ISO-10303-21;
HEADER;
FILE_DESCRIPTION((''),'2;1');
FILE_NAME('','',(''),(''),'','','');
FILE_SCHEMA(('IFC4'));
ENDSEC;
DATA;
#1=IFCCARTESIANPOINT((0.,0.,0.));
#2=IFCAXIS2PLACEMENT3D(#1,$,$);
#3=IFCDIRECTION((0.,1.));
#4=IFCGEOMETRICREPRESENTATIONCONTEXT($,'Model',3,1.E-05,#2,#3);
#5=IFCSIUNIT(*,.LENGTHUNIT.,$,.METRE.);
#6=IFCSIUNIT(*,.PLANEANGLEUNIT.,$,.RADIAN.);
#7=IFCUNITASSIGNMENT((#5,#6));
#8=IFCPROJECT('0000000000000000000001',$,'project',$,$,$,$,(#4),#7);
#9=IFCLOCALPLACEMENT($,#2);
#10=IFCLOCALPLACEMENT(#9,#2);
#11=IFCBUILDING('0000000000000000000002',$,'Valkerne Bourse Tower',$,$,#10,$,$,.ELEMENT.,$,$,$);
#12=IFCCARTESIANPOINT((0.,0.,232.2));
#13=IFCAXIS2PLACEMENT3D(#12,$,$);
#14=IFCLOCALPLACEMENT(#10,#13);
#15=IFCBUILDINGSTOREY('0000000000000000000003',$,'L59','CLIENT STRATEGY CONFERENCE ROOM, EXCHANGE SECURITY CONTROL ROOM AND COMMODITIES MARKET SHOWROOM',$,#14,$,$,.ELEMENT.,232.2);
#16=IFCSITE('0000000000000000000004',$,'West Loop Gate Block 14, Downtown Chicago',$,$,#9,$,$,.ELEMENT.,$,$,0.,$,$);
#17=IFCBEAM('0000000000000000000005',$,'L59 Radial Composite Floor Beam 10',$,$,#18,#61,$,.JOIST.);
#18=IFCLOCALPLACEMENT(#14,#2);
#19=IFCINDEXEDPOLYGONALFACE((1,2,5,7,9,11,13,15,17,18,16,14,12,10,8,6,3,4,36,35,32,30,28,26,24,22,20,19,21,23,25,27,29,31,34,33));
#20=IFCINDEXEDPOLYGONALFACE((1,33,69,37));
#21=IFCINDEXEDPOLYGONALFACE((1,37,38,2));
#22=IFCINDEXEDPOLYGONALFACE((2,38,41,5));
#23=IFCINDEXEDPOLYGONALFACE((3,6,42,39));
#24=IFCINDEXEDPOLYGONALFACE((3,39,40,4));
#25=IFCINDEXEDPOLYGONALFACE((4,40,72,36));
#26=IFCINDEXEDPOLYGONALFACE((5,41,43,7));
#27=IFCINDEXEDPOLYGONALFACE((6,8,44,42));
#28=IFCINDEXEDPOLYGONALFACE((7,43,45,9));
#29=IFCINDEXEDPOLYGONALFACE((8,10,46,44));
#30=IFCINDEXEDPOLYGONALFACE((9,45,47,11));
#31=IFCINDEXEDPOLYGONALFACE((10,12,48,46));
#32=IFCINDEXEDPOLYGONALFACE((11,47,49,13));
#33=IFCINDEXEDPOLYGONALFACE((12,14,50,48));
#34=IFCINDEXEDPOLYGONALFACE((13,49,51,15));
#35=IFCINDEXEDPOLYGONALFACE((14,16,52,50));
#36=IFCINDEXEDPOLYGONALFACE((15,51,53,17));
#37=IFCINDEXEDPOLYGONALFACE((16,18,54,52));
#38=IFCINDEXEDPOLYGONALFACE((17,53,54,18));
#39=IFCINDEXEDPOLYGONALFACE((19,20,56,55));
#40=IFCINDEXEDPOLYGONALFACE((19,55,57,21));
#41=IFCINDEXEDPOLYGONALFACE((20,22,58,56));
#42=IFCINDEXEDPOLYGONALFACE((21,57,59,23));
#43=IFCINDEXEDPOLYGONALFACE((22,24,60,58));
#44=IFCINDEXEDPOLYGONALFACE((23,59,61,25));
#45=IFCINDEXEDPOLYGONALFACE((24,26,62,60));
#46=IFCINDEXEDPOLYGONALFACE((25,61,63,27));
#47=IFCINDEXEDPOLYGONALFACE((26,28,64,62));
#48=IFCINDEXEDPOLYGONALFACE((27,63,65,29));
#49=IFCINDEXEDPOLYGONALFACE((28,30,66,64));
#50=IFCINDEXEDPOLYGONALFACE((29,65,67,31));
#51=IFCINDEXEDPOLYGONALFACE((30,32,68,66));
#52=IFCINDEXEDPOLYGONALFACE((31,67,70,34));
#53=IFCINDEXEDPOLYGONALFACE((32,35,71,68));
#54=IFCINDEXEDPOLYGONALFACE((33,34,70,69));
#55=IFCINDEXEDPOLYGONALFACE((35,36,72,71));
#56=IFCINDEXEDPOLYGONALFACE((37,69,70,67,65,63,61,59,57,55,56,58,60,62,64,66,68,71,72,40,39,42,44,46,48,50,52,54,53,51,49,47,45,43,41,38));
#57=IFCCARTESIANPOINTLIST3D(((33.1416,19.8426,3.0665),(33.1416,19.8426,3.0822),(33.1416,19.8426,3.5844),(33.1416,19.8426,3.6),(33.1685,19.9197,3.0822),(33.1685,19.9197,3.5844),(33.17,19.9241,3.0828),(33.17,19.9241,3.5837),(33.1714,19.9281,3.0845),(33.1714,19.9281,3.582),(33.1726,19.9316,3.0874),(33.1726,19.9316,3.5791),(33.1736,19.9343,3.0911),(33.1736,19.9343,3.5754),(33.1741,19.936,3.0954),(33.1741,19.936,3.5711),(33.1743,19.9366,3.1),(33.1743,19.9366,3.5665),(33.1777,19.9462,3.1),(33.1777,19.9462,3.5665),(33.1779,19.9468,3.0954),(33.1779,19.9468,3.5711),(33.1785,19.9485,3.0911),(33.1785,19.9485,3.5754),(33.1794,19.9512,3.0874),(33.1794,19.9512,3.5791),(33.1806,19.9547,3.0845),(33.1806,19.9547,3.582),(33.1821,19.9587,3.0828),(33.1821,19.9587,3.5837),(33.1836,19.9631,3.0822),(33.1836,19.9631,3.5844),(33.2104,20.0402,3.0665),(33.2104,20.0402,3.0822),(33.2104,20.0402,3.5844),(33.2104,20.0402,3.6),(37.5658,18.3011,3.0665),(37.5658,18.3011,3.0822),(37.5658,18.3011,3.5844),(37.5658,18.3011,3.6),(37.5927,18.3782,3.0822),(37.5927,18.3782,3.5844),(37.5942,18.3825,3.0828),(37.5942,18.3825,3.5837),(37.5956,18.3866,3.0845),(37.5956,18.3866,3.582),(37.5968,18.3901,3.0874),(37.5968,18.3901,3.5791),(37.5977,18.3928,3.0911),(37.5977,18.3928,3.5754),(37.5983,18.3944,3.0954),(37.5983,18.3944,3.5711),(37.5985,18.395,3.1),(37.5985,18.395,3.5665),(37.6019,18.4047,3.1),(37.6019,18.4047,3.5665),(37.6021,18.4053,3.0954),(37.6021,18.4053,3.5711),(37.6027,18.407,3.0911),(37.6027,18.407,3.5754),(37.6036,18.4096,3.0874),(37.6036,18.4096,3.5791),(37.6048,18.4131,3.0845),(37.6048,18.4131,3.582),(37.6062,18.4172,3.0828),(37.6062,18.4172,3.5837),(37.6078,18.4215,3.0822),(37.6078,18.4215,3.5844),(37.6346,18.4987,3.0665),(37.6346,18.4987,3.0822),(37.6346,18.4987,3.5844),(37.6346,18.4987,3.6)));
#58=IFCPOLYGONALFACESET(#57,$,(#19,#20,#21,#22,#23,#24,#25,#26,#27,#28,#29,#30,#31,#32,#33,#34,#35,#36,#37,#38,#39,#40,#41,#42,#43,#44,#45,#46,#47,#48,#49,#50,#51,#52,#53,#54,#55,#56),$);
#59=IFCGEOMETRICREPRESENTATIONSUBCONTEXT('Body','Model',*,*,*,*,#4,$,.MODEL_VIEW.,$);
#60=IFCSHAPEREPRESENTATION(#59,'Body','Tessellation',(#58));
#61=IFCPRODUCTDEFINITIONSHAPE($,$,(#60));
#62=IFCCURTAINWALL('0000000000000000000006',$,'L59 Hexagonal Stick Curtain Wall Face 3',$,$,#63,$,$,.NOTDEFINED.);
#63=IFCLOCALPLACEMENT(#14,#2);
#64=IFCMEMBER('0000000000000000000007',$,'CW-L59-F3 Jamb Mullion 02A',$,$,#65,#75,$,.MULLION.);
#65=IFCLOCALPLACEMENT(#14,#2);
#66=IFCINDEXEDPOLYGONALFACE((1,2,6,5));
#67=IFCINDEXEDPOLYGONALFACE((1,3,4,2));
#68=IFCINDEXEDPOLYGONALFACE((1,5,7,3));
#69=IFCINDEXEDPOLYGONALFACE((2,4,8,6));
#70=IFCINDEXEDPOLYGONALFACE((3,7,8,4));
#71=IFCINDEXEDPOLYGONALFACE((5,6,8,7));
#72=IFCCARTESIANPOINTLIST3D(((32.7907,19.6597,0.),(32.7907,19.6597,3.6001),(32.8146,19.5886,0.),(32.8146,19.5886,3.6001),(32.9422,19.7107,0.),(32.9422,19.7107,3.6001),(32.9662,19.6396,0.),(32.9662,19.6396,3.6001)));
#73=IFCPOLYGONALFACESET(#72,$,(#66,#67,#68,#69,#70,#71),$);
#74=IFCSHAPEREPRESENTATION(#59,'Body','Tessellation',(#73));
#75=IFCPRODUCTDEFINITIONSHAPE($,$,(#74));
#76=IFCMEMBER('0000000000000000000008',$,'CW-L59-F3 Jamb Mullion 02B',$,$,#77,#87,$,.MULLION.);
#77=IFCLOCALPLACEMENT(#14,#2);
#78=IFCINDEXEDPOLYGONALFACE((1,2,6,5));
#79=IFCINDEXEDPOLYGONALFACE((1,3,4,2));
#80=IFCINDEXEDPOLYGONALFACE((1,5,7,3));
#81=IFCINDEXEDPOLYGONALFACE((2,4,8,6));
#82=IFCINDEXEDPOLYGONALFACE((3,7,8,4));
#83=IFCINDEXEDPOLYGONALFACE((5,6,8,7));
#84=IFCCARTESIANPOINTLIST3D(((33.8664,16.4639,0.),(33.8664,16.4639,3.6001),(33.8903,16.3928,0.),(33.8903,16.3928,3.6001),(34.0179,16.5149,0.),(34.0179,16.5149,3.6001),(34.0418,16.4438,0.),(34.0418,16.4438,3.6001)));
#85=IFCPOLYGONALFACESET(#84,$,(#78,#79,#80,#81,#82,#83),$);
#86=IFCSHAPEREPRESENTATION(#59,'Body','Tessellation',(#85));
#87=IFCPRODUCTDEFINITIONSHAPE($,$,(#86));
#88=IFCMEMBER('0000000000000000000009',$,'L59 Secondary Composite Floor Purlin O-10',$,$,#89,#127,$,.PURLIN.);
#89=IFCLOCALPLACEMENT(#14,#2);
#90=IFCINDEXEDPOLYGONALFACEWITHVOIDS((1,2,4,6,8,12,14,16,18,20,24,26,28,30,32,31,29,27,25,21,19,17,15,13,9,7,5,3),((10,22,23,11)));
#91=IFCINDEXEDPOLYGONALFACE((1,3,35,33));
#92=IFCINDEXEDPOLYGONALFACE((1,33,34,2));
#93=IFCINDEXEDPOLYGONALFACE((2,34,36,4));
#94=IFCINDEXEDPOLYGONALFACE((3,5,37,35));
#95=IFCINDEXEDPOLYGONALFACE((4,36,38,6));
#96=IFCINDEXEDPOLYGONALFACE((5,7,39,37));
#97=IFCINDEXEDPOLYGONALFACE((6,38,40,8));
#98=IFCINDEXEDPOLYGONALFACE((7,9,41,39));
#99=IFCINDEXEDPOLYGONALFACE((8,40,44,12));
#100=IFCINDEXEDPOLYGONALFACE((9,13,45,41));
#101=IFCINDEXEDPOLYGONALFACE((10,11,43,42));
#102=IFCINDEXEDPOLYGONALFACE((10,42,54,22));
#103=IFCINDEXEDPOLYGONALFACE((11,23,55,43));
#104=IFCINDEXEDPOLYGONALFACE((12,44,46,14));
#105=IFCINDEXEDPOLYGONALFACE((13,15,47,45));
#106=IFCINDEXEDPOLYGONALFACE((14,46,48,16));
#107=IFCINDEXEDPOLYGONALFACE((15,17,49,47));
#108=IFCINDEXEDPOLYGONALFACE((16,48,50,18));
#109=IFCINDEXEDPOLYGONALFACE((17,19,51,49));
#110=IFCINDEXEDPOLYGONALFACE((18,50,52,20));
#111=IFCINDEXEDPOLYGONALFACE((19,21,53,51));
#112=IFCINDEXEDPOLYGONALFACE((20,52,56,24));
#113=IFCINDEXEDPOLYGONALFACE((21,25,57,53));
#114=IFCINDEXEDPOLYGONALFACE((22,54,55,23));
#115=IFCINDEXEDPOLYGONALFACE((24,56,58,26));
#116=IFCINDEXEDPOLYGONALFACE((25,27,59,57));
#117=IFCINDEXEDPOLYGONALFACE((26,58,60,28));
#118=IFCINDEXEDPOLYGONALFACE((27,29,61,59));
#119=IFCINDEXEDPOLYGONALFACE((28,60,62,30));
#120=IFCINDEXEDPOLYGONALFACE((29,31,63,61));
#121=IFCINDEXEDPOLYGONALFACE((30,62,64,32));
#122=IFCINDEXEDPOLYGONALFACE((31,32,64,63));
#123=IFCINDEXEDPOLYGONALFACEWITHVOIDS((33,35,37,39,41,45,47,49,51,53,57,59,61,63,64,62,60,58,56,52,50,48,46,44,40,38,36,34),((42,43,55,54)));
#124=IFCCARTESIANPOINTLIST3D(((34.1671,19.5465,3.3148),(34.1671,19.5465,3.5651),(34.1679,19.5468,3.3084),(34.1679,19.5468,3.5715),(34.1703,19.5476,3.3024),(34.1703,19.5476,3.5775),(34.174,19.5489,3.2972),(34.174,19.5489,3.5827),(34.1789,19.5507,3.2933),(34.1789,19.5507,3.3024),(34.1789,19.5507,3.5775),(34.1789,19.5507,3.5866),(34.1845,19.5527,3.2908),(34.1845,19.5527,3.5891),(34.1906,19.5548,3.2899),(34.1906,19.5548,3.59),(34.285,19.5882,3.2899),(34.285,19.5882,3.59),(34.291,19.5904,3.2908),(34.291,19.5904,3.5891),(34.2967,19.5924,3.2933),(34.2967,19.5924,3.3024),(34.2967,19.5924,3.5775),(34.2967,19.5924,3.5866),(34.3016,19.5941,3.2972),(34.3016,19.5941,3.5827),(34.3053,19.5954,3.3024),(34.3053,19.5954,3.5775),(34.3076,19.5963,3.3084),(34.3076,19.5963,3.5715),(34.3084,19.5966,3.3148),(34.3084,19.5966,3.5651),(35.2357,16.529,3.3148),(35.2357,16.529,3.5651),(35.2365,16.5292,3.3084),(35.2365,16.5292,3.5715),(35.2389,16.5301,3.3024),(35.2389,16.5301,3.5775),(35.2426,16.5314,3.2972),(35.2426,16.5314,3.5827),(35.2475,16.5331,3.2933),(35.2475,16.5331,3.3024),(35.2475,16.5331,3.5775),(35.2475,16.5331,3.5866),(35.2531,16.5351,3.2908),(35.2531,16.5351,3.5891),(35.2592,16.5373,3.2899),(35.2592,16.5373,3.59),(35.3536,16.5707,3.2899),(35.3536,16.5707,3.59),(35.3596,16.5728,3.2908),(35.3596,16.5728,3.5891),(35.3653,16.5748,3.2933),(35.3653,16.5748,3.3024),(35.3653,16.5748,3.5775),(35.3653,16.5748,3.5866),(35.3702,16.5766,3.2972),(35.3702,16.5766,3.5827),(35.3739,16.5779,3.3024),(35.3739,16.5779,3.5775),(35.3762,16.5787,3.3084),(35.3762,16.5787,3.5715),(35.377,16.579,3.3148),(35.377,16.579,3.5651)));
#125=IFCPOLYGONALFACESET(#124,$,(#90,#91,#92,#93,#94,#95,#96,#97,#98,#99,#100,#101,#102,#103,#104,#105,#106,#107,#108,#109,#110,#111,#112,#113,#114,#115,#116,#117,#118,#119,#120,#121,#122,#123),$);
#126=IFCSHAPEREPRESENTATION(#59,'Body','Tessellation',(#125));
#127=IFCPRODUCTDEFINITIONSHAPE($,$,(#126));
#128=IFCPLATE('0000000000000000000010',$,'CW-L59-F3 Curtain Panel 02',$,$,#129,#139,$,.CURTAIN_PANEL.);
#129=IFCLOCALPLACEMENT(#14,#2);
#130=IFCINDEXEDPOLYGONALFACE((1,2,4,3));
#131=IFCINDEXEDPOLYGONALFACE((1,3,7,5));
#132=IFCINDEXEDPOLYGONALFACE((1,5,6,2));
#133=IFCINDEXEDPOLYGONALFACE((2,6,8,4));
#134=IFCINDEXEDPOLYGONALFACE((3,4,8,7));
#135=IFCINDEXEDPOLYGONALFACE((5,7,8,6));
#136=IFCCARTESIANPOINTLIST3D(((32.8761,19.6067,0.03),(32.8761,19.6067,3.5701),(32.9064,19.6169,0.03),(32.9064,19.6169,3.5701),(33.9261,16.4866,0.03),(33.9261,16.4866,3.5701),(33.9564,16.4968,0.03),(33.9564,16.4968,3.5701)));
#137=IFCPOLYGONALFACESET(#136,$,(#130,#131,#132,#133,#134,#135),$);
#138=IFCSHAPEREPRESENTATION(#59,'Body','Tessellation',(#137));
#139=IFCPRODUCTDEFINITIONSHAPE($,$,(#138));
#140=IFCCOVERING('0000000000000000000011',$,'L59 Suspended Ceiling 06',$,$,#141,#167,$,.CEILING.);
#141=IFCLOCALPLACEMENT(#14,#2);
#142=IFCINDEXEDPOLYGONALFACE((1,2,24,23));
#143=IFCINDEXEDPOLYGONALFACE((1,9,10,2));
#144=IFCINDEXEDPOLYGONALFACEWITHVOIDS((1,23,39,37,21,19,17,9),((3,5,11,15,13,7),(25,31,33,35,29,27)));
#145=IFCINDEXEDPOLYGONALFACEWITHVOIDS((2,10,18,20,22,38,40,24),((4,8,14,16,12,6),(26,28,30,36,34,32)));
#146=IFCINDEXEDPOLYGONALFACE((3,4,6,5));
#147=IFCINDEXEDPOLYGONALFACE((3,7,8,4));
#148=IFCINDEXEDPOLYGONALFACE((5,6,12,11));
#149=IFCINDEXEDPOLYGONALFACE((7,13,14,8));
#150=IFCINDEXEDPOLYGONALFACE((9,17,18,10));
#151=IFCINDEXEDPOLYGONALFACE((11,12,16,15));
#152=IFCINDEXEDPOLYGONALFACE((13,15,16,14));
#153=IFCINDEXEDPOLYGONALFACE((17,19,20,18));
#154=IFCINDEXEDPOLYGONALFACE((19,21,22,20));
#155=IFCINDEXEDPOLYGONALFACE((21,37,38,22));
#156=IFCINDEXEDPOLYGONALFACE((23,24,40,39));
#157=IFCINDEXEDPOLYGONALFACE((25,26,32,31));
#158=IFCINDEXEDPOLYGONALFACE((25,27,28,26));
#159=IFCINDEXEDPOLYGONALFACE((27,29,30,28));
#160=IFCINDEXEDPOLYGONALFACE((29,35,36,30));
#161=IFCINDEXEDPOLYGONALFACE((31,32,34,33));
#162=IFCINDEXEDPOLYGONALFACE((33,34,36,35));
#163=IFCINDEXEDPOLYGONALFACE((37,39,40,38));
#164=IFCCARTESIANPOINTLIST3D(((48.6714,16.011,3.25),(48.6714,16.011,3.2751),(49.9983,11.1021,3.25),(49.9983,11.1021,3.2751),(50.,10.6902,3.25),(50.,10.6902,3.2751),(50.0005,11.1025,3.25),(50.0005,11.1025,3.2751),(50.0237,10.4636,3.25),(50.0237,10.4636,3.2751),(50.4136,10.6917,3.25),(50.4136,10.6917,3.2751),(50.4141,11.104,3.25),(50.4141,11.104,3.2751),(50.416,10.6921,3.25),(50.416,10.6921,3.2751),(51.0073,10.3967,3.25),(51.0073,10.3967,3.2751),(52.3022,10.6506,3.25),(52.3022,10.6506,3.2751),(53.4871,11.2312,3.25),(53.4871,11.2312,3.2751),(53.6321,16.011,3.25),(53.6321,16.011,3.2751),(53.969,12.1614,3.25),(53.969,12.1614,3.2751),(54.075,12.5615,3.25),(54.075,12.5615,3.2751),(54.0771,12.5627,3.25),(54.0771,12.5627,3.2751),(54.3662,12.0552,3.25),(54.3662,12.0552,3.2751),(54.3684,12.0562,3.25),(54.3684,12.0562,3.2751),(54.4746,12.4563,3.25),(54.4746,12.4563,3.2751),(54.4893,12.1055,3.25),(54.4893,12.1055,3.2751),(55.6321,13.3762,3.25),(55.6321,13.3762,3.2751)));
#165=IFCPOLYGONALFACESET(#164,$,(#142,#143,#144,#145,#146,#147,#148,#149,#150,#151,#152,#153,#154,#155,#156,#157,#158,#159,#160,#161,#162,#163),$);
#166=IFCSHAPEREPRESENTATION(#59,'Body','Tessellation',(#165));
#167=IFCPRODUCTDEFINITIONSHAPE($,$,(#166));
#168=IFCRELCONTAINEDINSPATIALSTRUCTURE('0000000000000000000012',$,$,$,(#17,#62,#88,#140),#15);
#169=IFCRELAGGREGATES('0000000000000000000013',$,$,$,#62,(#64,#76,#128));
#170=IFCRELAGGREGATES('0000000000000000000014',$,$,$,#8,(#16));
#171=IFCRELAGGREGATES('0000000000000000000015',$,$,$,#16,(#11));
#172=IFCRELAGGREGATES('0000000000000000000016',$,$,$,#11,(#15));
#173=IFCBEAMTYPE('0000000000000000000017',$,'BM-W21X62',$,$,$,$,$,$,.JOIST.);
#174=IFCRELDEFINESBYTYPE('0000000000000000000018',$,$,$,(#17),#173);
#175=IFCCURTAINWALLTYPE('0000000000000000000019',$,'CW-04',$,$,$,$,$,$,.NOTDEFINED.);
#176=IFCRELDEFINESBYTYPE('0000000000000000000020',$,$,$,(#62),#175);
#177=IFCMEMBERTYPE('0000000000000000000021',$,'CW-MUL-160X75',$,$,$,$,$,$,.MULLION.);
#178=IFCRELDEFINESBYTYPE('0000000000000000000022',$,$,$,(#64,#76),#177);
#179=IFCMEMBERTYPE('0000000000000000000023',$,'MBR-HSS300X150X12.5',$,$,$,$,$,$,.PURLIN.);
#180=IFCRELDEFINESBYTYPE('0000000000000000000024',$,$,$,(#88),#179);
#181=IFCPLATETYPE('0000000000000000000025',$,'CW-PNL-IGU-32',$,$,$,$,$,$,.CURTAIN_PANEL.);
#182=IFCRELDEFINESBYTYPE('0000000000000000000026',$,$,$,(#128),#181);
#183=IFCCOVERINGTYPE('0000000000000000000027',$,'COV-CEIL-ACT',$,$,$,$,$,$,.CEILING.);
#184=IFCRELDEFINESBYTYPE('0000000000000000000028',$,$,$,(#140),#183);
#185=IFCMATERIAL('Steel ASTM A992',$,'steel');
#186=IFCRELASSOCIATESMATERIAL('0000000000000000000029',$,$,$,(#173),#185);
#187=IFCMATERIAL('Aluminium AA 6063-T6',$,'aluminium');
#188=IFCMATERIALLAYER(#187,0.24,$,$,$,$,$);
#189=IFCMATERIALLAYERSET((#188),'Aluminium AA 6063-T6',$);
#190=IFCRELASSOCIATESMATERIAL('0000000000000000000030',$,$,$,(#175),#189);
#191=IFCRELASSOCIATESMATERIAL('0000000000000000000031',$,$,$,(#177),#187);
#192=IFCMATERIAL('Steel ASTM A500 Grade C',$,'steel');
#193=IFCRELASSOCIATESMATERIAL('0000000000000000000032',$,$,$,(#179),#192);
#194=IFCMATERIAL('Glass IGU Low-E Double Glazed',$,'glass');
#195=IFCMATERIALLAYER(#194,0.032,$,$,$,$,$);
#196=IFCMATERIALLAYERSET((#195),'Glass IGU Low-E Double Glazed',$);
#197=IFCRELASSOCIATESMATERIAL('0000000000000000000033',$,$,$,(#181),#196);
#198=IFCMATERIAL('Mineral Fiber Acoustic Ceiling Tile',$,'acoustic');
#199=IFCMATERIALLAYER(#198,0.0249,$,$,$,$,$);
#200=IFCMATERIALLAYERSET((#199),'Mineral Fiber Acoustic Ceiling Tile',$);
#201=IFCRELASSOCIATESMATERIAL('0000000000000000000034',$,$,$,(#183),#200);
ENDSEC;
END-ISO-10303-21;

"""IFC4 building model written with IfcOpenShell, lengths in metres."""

from ifc_helpers import new_model, si_unit, direction, frame, origin, origin_2d, place, context, subcontext, project, spatial, polyline, rectangle, hollow_rectangle, i_section, outline, extrude, material, layer, layer_set, material_profile, profile_set, type_object, element, aggregate, save


model = new_model("IFC4")

# Units and contexts
model_context = context("Model", 3, precision=1e-05, world=origin(), true_north=direction((0.0, 1.0)))
body_context = subcontext(model_context, "Body", "Model", "MODEL_VIEW")
ifc_project = project(units=[si_unit("LENGTHUNIT", "METRE"), si_unit("PLANEANGLEUNIT", "RADIAN")], contexts=[model_context])

# Site, building, storey
site_placement = place(None, origin())
site = spatial("IfcSite", under=ifc_project, at=site_placement, Name="West Loop Gate Block 14, Downtown Chicago", CompositionType="ELEMENT", RefElevation=0.0)
building_placement = place(site_placement, origin())
building = spatial("IfcBuilding", under=site, at=building_placement, Name="Valkerne Bourse Tower", CompositionType="ELEMENT")
storey_placement = place(building_placement, frame((0.0, 0.0, 232.2)))
storey = spatial("IfcBuildingStorey", under=building, at=storey_placement, Name="L59", Description="CLIENT STRATEGY CONFERENCE ROOM, EXCHANGE SECURITY CONTROL ROOM AND COMMODITIES MARKET SHOWROOM", CompositionType="ELEMENT", Elevation=232.2)

# Beam
ifc_material_1 = material(Name="Steel ASTM A992", Category="steel")
ifc_material_profile_1 = material_profile(ifc_material_1, i_section(OverallWidth=0.2092, OverallDepth=0.5334, WebThickness=0.0103, FlangeThickness=0.0156, FilletRadius=0.0178, at=origin_2d()), Name="W21X62")
ifc_profile_set_1 = profile_set([ifc_material_profile_1], Name="Steel ASTM A992")
beam_type_1 = type_object("IfcBeamType", Name="BM-W21X62", PredefinedType="JOIST", material=ifc_profile_set_1)
beam_1_placement = place(storey_placement, frame((33.176, 19.9414, 3.3333), z_axis=(0.944318, -0.329034, 0.0), x_axis=(0.329034, 0.944318, 0.0)))
element("IfcBeam", 1, at=beam_1_placement, inside=storey, type_object=beam_type_1, Name="L59 Radial Composite Floor Beam 10", PredefinedType="JOIST", context=body_context, shape_type="SweptSolid", body=[
    extrude(i_section(OverallWidth=0.2092, OverallDepth=0.5334, WebThickness=0.0103, FlangeThickness=0.0156, FilletRadius=0.0178, at=origin_2d()), origin(), (0.0, 0.0, 1.0), 4.6851),
])

# Curtain wall, members
ifc_material_2 = material(Name="Aluminium AA 6063-T6", Category="aluminium")
ifc_layer_1 = layer(ifc_material_2, 0.24)
ifc_layer_set_1 = layer_set([ifc_layer_1], Name="Aluminium AA 6063-T6")
curtain_wall_type = type_object("IfcCurtainWallType", Name="CW-04", PredefinedType="NOTDEFINED", material=ifc_layer_set_1)
curtain_wall_placement = place(storey_placement, origin())
curtain_wall = element("IfcCurtainWall", 2, at=curtain_wall_placement, inside=storey, type_object=curtain_wall_type, Name="L59 Hexagonal Stick Curtain Wall Face 3", PredefinedType="NOTDEFINED")
ifc_material_profile_2 = material_profile(ifc_material_2, rectangle(XDim=0.075, YDim=0.1599, at=origin_2d()), Name="CWM-75X160")
ifc_profile_set_2 = profile_set([ifc_material_profile_2], Name="Aluminium AA 6063-T6")
member_type_1 = type_object("IfcMemberType", Name="CW-MUL-160X75", PredefinedType="MULLION", material=ifc_profile_set_2)
member_1_placement = place(storey_placement, frame((32.8784, 19.6497, 0.0), z_axis=(0.0, 0.0, 1.0), x_axis=(0.318969, -0.947765, 0.0)))
member_1 = element("IfcMember", 3, at=member_1_placement, type_object=member_type_1, Name="CW-L59-F3 Jamb Mullion 02A", PredefinedType="MULLION", context=body_context, shape_type="SweptSolid", body=[
    extrude(rectangle(XDim=0.075, YDim=0.1599, at=origin_2d()), origin(), (0.0, 0.0, 1.0), 3.6001),
])
member_2_placement = place(storey_placement, frame((33.9541, 16.4539, 0.0), z_axis=(0.0, 0.0, 1.0), x_axis=(0.318969, -0.947765, 0.0)))
member_2 = element("IfcMember", 4, at=member_2_placement, type_object=member_type_1, Name="CW-L59-F3 Jamb Mullion 02B", PredefinedType="MULLION", context=body_context, shape_type="SweptSolid", body=[
    extrude(rectangle(XDim=0.075, YDim=0.1599, at=origin_2d()), origin(), (0.0, 0.0, 1.0), 3.6001),
])

# Member
ifc_material_3 = material(Name="Steel ASTM A500 Grade C", Category="steel")
ifc_material_profile_3 = material_profile(ifc_material_3, hollow_rectangle(XDim=0.1499, YDim=0.3, WallThickness=0.0125, OuterFilletRadius=0.0249, at=origin_2d()), Name="HSS300X150X12.5")
ifc_profile_set_3 = profile_set([ifc_material_profile_3], Name="Steel ASTM A500 Grade C")
member_type_2 = type_object("IfcMemberType", Name="MBR-HSS300X150X12.5", PredefinedType="PURLIN", material=ifc_profile_set_3)
member_3_placement = place(storey_placement, frame((34.2378, 19.5715, 3.4399), z_axis=(0.333813, -0.942639, 0.0), x_axis=(0.942639, 0.333813, 0.0)))
element("IfcMember", 5, at=member_3_placement, inside=storey, type_object=member_type_2, Name="L59 Secondary Composite Floor Purlin O-10", PredefinedType="PURLIN", context=body_context, shape_type="SweptSolid", body=[
    extrude(hollow_rectangle(XDim=0.1499, YDim=0.3, WallThickness=0.0125, OuterFilletRadius=0.0249, at=origin_2d()), origin(), (0.0, 0.0, 1.0), 3.2012),
])

# Plate
ifc_material_4 = material(Name="Glass IGU Low-E Double Glazed", Category="glass")
ifc_layer_2 = layer(ifc_material_4, 0.032)
ifc_layer_set_2 = layer_set([ifc_layer_2], Name="Glass IGU Low-E Double Glazed")
plate_type = type_object("IfcPlateType", Name="CW-PNL-IGU-32", PredefinedType="CURTAIN_PANEL", material=ifc_layer_set_2)
plate_placement = place(storey_placement, frame((33.4163, 18.0518, 0.03), z_axis=(0.0, 0.0, 1.0), x_axis=(0.318969, -0.947765, 0.0)))
plate = element("IfcPlate", 6, at=plate_placement, type_object=plate_type, Name="CW-L59-F3 Curtain Panel 02", PredefinedType="CURTAIN_PANEL", context=body_context, shape_type="SweptSolid", body=[
    extrude(rectangle(XDim=3.292, YDim=0.032, at=origin_2d()), origin(), (0.0, 0.0, 1.0), 3.54),
])
aggregate(curtain_wall, [member_1, member_2, plate])

# Covering
ifc_material_5 = material(Name="Mineral Fiber Acoustic Ceiling Tile", Category="acoustic")
ifc_layer_3 = layer(ifc_material_5, 0.0249)
ifc_layer_set_3 = layer_set([ifc_layer_3], Name="Mineral Fiber Acoustic Ceiling Tile")
covering_type_1 = type_object("IfcCoveringType", Name="COV-CEIL-ACT", PredefinedType="CEILING", material=ifc_layer_set_3)
covering_1_placement = place(storey_placement, frame((0.0, 0.0, 3.25)))
element("IfcCovering", 7, at=covering_1_placement, inside=storey, type_object=covering_type_1, Name="L59 Suspended Ceiling 06", PredefinedType="CEILING", context=body_context, shape_type="SweptSolid", body=[
    extrude(outline(polyline([(52.3022, 10.6506), (51.0073, 10.3967), (50.0237, 10.4636), (48.6714, 16.011), (53.6321, 16.011), (55.6321, 13.3762), (54.4893, 12.1055), (53.4871, 11.2312), (52.3022, 10.6506)]), holes=[polyline([(50.416, 10.6921), (50.4141, 11.104), (50.0005, 11.1025), (49.9983, 11.1021), (50.0, 10.6902), (50.4136, 10.6917), (50.416, 10.6921)]), polyline([(54.4746, 12.4563), (54.0771, 12.5627), (54.075, 12.5615), (53.969, 12.1614), (54.3662, 12.0552), (54.3684, 12.0562), (54.4746, 12.4563)])]), origin(), (0.0, 0.0, 1.0), 0.0251),
])

save(model, "model.ifc")
